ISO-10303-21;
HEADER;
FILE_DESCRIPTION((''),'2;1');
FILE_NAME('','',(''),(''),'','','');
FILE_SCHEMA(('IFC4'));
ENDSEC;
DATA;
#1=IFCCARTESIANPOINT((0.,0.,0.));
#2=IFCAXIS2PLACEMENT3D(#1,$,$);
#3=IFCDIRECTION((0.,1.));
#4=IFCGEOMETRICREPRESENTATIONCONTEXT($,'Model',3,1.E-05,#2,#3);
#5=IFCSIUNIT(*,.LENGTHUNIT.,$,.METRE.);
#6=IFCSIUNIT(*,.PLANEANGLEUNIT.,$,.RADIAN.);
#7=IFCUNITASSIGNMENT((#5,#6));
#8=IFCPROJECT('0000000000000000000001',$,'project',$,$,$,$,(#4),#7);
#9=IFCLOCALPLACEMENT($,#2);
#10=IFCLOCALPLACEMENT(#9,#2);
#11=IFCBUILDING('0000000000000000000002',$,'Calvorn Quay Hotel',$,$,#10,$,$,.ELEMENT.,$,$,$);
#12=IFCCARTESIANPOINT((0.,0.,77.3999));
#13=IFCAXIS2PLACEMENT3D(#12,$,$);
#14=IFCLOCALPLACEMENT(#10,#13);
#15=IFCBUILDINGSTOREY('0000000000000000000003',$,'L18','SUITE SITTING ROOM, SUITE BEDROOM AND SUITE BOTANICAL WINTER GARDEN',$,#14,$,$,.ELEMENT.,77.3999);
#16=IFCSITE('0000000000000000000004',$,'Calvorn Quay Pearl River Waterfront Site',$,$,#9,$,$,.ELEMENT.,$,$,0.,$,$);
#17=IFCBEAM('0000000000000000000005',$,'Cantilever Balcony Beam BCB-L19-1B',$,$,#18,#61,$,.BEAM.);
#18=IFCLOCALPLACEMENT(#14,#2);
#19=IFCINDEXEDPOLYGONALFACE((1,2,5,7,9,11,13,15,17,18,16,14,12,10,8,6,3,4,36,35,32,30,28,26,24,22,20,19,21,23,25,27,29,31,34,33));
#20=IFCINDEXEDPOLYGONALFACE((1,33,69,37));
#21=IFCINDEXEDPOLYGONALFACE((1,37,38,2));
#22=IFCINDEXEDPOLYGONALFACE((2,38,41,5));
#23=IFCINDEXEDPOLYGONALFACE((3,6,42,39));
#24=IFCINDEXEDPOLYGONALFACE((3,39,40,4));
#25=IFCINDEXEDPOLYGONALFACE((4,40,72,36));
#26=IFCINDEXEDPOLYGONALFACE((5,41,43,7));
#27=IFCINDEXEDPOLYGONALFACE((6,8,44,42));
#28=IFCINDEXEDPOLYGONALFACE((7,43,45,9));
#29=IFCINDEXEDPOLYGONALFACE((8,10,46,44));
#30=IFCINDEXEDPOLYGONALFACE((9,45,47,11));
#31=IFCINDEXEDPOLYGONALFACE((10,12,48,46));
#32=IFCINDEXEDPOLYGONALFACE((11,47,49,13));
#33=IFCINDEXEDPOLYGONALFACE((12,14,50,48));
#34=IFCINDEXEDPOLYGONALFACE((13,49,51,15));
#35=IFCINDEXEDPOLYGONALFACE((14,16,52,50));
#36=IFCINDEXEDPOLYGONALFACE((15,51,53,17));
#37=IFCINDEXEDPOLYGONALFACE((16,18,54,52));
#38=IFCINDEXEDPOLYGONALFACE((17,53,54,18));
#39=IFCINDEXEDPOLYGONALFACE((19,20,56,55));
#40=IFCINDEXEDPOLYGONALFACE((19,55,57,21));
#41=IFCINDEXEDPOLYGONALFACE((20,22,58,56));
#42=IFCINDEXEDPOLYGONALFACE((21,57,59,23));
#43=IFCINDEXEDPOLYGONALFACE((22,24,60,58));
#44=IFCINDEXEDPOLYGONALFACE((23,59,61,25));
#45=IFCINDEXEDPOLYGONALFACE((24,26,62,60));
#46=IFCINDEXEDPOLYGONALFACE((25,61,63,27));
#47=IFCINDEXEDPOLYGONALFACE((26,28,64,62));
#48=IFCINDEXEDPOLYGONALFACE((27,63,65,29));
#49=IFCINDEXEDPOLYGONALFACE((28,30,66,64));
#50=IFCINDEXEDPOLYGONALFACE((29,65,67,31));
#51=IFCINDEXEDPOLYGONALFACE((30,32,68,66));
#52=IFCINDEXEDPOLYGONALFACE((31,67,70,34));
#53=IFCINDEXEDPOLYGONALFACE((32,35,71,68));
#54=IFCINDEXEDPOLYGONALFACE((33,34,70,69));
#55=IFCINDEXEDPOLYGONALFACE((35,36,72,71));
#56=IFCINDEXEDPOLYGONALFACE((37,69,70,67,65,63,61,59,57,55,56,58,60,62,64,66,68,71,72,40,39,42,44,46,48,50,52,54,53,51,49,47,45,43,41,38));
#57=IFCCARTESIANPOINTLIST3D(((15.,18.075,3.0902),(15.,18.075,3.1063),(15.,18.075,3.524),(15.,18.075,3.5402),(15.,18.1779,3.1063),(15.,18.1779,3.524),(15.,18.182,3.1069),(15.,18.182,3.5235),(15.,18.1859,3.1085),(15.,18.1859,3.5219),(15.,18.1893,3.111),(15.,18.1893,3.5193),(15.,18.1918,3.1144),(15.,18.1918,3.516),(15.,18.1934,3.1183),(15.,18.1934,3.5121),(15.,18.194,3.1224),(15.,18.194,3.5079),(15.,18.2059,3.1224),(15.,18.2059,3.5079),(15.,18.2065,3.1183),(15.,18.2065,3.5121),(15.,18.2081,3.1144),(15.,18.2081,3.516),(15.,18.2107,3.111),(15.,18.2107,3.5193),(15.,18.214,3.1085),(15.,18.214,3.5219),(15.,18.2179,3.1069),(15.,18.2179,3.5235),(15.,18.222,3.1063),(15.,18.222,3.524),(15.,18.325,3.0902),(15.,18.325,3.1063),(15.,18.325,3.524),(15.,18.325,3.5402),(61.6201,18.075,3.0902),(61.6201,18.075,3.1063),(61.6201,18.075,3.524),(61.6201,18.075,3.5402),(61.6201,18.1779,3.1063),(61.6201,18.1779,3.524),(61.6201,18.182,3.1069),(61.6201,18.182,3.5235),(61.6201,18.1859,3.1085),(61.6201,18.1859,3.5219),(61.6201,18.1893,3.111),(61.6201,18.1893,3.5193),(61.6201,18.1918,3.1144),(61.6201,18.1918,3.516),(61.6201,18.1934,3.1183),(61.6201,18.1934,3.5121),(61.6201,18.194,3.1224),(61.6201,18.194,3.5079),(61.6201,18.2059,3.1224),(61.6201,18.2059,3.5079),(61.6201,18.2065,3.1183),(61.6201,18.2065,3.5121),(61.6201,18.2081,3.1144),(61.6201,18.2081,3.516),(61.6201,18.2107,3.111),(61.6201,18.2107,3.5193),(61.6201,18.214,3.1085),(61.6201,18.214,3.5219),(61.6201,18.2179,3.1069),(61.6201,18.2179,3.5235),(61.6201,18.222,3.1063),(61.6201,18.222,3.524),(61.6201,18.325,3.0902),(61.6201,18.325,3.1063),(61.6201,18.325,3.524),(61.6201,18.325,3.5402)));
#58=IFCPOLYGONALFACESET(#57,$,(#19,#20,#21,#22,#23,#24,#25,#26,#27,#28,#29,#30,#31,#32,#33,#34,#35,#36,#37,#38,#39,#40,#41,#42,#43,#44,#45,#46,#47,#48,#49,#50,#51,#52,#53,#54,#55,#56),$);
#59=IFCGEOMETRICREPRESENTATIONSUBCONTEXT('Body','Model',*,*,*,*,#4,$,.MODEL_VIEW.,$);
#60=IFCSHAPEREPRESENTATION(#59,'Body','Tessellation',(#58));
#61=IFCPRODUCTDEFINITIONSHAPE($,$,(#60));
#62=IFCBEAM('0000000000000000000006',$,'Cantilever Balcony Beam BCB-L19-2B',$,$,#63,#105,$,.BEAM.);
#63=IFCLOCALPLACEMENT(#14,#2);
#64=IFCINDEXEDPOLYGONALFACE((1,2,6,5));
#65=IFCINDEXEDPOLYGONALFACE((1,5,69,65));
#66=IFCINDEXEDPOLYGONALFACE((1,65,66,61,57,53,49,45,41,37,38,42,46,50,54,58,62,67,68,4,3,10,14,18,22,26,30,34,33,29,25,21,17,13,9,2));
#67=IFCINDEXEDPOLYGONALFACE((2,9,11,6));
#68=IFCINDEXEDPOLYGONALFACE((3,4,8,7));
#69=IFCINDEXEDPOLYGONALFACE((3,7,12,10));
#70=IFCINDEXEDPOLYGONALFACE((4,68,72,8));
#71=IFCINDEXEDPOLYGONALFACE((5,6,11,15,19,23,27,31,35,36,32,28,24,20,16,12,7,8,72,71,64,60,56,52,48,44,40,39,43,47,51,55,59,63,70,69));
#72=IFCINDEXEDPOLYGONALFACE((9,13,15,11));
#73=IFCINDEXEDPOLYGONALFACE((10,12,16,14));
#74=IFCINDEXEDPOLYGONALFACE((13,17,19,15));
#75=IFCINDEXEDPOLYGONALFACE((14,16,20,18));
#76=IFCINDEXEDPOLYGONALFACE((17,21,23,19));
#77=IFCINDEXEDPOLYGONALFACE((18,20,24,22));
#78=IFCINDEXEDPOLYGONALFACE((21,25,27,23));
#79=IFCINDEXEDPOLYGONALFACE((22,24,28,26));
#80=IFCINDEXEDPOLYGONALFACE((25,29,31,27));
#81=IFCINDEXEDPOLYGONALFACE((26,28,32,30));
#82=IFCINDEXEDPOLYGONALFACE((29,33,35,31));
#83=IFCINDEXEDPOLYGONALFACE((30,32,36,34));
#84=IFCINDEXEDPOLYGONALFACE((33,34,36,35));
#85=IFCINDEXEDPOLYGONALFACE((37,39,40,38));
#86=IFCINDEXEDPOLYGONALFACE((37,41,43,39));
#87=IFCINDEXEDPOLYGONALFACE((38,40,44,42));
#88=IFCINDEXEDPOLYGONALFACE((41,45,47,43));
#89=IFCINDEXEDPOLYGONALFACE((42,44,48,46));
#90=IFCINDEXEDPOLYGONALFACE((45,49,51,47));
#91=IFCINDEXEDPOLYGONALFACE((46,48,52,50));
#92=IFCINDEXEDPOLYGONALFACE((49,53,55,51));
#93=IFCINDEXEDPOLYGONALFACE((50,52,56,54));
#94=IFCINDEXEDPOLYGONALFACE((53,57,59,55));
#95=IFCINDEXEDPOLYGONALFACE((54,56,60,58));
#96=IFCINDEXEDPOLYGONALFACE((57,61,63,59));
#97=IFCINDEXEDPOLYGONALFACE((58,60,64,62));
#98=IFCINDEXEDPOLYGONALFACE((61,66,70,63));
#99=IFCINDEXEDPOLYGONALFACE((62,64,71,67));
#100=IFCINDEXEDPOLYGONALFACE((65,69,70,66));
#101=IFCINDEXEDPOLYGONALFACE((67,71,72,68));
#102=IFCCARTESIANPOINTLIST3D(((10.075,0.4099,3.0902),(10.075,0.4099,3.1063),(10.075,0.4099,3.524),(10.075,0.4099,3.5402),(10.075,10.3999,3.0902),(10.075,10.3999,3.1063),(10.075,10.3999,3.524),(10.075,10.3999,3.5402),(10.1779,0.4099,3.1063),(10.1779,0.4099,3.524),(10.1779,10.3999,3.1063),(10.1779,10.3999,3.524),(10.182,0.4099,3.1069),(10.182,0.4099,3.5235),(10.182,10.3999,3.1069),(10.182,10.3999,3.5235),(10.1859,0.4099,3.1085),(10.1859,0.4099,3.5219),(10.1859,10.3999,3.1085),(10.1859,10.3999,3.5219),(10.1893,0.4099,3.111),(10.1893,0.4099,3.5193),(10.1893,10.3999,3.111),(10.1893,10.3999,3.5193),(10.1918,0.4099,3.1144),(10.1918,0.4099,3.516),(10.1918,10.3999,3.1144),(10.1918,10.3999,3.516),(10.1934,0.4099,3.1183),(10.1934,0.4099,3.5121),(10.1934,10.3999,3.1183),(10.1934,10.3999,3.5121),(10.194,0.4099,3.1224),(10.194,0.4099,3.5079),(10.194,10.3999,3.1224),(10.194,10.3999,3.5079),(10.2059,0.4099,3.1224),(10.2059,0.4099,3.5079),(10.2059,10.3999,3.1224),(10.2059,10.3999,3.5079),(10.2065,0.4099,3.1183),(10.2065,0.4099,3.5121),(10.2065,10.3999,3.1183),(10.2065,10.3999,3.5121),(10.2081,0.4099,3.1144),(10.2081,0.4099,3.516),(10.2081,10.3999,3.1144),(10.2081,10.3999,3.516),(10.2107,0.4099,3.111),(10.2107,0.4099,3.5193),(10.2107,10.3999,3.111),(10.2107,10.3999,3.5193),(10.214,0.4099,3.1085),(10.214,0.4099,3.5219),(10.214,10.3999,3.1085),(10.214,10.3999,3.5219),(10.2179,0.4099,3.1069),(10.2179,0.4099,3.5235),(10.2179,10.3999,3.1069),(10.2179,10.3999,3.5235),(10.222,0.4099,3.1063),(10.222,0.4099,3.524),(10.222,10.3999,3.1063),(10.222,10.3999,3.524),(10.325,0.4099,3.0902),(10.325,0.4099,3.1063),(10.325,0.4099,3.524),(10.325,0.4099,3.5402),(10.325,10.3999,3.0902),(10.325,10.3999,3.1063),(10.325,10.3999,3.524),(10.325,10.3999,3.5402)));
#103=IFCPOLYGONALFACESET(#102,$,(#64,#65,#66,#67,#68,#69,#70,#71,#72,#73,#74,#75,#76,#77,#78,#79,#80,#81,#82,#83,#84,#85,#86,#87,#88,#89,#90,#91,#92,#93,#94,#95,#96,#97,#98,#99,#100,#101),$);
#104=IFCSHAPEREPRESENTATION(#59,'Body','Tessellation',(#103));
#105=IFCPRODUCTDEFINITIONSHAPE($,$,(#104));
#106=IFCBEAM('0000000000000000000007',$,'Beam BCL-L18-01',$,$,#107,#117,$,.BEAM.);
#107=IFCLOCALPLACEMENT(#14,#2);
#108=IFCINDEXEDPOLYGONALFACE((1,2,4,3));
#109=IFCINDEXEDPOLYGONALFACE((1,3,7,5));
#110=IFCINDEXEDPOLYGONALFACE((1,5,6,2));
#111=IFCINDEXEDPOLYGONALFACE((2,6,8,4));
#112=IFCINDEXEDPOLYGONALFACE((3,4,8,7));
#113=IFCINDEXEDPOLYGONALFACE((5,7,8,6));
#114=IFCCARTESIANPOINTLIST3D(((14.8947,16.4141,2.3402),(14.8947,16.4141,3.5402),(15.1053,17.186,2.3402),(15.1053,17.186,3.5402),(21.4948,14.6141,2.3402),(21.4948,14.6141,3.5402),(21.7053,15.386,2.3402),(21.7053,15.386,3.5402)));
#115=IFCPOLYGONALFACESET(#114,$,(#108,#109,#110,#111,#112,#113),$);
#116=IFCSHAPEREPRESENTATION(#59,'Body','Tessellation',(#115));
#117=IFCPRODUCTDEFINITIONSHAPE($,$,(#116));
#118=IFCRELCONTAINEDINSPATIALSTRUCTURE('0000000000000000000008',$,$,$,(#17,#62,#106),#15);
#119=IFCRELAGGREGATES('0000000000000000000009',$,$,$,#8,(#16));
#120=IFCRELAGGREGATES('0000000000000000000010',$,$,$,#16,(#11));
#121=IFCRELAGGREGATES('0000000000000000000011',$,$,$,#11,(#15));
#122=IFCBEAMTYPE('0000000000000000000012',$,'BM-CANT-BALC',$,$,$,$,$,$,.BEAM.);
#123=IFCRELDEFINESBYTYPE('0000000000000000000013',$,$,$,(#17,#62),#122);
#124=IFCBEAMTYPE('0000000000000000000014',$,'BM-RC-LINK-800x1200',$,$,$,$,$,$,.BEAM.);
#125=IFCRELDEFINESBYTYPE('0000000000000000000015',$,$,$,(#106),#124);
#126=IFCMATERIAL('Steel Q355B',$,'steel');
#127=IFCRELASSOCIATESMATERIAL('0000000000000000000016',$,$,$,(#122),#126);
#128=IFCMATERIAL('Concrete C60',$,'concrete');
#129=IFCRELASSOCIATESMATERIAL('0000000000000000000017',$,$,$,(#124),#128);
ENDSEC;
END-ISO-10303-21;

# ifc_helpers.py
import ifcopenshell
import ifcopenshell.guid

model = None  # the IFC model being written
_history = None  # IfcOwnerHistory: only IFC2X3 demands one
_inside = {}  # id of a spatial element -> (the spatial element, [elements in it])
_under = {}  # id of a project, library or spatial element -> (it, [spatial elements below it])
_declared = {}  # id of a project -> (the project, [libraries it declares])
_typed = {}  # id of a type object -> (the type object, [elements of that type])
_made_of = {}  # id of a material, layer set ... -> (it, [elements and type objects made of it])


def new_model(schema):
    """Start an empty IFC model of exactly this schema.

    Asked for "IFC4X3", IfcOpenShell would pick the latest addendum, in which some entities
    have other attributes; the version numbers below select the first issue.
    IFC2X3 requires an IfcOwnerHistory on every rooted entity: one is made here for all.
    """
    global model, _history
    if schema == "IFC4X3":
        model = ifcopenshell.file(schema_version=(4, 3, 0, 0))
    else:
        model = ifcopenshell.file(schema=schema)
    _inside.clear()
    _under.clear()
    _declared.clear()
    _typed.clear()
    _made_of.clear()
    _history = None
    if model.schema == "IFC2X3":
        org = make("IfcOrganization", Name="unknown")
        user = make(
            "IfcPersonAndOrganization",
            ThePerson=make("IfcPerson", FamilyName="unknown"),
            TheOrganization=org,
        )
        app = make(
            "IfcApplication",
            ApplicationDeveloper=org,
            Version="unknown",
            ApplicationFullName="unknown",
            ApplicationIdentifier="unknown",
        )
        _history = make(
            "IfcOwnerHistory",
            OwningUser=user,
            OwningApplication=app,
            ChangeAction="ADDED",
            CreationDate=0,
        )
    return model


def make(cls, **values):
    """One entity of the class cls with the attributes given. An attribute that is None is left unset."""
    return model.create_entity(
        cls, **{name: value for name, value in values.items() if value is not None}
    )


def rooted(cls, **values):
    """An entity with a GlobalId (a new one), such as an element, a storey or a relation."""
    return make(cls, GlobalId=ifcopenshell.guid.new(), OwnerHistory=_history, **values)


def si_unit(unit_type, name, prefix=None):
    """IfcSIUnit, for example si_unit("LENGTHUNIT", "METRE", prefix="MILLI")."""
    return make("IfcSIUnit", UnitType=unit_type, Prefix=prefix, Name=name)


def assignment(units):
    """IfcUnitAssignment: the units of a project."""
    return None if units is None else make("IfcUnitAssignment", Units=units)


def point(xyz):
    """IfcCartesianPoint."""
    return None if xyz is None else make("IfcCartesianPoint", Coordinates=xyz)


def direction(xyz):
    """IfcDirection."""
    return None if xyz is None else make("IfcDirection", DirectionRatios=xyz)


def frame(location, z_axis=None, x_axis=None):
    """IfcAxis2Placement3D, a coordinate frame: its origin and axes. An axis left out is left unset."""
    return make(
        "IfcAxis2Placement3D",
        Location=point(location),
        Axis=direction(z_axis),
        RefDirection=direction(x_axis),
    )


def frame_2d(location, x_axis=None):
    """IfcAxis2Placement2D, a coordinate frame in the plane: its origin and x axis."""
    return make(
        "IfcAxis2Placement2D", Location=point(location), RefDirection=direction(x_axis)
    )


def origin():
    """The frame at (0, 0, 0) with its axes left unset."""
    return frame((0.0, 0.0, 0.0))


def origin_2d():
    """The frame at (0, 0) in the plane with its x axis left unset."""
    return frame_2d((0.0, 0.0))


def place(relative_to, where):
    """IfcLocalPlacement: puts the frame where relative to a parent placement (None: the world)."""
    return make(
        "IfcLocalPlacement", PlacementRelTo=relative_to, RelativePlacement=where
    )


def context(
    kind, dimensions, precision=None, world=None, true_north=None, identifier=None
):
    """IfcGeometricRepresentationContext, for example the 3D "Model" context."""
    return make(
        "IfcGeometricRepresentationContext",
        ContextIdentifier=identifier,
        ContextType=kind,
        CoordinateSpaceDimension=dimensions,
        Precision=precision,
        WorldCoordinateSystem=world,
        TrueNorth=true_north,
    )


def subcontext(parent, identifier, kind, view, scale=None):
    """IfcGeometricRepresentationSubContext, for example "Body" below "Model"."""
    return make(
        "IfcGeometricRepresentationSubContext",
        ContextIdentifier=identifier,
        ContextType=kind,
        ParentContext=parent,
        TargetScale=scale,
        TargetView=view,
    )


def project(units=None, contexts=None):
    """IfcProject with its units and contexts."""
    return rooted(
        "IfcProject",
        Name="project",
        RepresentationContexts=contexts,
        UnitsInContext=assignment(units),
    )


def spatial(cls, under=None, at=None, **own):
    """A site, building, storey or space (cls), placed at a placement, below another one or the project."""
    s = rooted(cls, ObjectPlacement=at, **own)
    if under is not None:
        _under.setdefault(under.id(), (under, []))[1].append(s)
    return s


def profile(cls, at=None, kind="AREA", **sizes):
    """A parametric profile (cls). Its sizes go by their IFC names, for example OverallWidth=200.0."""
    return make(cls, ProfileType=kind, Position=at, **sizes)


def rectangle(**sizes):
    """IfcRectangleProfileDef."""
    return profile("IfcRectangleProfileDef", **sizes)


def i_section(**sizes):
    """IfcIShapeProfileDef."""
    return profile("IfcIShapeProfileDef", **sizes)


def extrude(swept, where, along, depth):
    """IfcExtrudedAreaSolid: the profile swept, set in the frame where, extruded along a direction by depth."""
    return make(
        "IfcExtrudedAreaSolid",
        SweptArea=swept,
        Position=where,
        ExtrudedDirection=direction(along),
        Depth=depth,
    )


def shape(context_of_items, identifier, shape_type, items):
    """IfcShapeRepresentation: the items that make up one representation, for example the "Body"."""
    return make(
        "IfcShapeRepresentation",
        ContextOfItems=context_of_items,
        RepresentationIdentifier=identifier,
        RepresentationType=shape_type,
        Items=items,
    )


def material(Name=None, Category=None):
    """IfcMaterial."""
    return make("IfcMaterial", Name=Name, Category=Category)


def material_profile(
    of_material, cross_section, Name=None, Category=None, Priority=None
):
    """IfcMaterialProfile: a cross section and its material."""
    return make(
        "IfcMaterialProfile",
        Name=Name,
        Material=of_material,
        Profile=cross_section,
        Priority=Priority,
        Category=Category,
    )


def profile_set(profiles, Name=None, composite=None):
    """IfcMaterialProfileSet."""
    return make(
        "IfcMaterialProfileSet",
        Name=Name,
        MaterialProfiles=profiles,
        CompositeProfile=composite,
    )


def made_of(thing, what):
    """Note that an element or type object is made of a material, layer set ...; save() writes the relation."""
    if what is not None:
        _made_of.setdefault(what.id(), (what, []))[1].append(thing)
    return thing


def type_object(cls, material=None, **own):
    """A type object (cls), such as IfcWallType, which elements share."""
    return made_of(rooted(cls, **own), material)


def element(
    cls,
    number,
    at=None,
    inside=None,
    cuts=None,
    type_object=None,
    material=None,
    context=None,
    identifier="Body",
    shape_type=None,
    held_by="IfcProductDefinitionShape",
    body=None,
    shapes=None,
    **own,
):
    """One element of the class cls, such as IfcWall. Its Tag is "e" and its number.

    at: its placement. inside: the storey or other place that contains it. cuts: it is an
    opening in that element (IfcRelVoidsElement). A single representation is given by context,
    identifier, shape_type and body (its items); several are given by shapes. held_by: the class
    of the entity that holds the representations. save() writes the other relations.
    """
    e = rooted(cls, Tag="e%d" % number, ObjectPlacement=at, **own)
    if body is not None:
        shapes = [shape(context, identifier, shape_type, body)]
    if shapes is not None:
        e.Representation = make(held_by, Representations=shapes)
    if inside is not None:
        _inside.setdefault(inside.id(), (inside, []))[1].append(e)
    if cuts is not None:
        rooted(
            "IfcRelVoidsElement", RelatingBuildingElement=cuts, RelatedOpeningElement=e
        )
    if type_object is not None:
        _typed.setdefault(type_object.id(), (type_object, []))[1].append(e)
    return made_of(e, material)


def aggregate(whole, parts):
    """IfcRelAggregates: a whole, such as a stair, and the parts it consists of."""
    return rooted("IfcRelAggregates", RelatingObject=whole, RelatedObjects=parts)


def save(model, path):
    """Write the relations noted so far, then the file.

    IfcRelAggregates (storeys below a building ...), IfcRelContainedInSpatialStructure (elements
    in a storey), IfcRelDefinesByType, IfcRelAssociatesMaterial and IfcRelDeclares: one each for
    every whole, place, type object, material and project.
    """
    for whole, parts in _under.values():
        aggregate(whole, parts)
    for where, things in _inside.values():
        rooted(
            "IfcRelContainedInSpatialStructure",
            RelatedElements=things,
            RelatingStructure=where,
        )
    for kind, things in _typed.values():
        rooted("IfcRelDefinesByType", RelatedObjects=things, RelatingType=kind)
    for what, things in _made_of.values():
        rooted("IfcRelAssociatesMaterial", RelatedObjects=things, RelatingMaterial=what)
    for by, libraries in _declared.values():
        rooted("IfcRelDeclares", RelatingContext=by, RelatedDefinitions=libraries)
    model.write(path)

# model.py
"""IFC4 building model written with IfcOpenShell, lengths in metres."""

from ifc_helpers import new_model, si_unit, direction, frame, origin, origin_2d, place, context, subcontext, project, spatial, rectangle, i_section, extrude, material, material_profile, profile_set, type_object, element, save


model = new_model("IFC4")

# Units and contexts
model_context = context("Model", 3, precision=1e-05, world=origin(), true_north=direction((0.0, 1.0)))
body_context = subcontext(model_context, "Body", "Model", "MODEL_VIEW")
ifc_project = project(units=[si_unit("LENGTHUNIT", "METRE"), si_unit("PLANEANGLEUNIT", "RADIAN")], contexts=[model_context])

# Site, building, storey
site_placement = place(None, origin())
site = spatial("IfcSite", under=ifc_project, at=site_placement, Name="Calvorn Quay Pearl River Waterfront Site", CompositionType="ELEMENT", RefElevation=0.0)
building_placement = place(site_placement, origin())
building = spatial("IfcBuilding", under=site, at=building_placement, Name="Calvorn Quay Hotel", CompositionType="ELEMENT")
storey_placement = place(building_placement, frame((0.0, 0.0, 77.3999)))
storey = spatial("IfcBuildingStorey", under=building, at=storey_placement, Name="L18", Description="SUITE SITTING ROOM, SUITE BEDROOM AND SUITE BOTANICAL WINTER GARDEN", CompositionType="ELEMENT", Elevation=77.3999)

# Beams
ifc_material_1 = material(Name="Steel Q355B", Category="steel")
ifc_material_profile_1 = material_profile(ifc_material_1, i_section(OverallWidth=0.25, OverallDepth=0.45, WebThickness=0.012, FlangeThickness=0.0161, FilletRadius=0.0161, at=origin_2d()), Name="HN450x250x12x16")
ifc_profile_set_1 = profile_set([ifc_material_profile_1], Name="Steel Q355B")
beam_type_1 = type_object("IfcBeamType", Name="BM-CANT-BALC", PredefinedType="BEAM", material=ifc_profile_set_1)
beam_1_placement = place(storey_placement, frame((15.0, 18.2, 3.3152), z_axis=(1.0, 0.0, 0.0), x_axis=(0.0, 1.0, 0.0)))
element("IfcBeam", 1, at=beam_1_placement, inside=storey, type_object=beam_type_1, Name="Cantilever Balcony Beam BCB-L19-1B", PredefinedType="BEAM", context=body_context, shape_type="SweptSolid", body=[
    extrude(i_section(OverallWidth=0.25, OverallDepth=0.45, WebThickness=0.012, FlangeThickness=0.0161, FilletRadius=0.0161, at=origin_2d()), origin(), (0.0, 0.0, 1.0), 46.6201),
])
beam_2_placement = place(storey_placement, frame((10.2, 10.3999, 3.3152), z_axis=(0.0, -1.0, 0.0), x_axis=(1.0, 0.0, 0.0)))
element("IfcBeam", 2, at=beam_2_placement, inside=storey, type_object=beam_type_1, Name="Cantilever Balcony Beam BCB-L19-2B", PredefinedType="BEAM", context=body_context, shape_type="SweptSolid", body=[
    extrude(i_section(OverallWidth=0.25, OverallDepth=0.45, WebThickness=0.012, FlangeThickness=0.0161, FilletRadius=0.0161, at=origin_2d()), origin(), (0.0, 0.0, 1.0), 9.99),
])
ifc_material_2 = material(Name="Concrete C60", Category="concrete")
ifc_material_profile_2 = material_profile(ifc_material_2, rectangle(XDim=0.8, YDim=1.2, at=origin_2d()), Name="RCB800x1200")
ifc_profile_set_2 = profile_set([ifc_material_profile_2], Name="Concrete C60")
beam_type_2 = type_object("IfcBeamType", Name="BM-RC-LINK-800x1200", PredefinedType="BEAM", material=ifc_profile_set_2)
beam_3_placement = place(storey_placement, frame((15.0, 16.8, 2.9402), z_axis=(0.964763, -0.26312, 0.0), x_axis=(0.26312, 0.964763, 0.0)))
element("IfcBeam", 3, at=beam_3_placement, inside=storey, type_object=beam_type_2, Name="Beam BCL-L18-01", PredefinedType="BEAM", context=body_context, shape_type="SweptSolid", body=[
    extrude(rectangle(XDim=0.8, YDim=1.2, at=origin_2d()), origin(), (0.0, 0.0, 1.0), 6.8411),
])

save(model, "model.ifc")
